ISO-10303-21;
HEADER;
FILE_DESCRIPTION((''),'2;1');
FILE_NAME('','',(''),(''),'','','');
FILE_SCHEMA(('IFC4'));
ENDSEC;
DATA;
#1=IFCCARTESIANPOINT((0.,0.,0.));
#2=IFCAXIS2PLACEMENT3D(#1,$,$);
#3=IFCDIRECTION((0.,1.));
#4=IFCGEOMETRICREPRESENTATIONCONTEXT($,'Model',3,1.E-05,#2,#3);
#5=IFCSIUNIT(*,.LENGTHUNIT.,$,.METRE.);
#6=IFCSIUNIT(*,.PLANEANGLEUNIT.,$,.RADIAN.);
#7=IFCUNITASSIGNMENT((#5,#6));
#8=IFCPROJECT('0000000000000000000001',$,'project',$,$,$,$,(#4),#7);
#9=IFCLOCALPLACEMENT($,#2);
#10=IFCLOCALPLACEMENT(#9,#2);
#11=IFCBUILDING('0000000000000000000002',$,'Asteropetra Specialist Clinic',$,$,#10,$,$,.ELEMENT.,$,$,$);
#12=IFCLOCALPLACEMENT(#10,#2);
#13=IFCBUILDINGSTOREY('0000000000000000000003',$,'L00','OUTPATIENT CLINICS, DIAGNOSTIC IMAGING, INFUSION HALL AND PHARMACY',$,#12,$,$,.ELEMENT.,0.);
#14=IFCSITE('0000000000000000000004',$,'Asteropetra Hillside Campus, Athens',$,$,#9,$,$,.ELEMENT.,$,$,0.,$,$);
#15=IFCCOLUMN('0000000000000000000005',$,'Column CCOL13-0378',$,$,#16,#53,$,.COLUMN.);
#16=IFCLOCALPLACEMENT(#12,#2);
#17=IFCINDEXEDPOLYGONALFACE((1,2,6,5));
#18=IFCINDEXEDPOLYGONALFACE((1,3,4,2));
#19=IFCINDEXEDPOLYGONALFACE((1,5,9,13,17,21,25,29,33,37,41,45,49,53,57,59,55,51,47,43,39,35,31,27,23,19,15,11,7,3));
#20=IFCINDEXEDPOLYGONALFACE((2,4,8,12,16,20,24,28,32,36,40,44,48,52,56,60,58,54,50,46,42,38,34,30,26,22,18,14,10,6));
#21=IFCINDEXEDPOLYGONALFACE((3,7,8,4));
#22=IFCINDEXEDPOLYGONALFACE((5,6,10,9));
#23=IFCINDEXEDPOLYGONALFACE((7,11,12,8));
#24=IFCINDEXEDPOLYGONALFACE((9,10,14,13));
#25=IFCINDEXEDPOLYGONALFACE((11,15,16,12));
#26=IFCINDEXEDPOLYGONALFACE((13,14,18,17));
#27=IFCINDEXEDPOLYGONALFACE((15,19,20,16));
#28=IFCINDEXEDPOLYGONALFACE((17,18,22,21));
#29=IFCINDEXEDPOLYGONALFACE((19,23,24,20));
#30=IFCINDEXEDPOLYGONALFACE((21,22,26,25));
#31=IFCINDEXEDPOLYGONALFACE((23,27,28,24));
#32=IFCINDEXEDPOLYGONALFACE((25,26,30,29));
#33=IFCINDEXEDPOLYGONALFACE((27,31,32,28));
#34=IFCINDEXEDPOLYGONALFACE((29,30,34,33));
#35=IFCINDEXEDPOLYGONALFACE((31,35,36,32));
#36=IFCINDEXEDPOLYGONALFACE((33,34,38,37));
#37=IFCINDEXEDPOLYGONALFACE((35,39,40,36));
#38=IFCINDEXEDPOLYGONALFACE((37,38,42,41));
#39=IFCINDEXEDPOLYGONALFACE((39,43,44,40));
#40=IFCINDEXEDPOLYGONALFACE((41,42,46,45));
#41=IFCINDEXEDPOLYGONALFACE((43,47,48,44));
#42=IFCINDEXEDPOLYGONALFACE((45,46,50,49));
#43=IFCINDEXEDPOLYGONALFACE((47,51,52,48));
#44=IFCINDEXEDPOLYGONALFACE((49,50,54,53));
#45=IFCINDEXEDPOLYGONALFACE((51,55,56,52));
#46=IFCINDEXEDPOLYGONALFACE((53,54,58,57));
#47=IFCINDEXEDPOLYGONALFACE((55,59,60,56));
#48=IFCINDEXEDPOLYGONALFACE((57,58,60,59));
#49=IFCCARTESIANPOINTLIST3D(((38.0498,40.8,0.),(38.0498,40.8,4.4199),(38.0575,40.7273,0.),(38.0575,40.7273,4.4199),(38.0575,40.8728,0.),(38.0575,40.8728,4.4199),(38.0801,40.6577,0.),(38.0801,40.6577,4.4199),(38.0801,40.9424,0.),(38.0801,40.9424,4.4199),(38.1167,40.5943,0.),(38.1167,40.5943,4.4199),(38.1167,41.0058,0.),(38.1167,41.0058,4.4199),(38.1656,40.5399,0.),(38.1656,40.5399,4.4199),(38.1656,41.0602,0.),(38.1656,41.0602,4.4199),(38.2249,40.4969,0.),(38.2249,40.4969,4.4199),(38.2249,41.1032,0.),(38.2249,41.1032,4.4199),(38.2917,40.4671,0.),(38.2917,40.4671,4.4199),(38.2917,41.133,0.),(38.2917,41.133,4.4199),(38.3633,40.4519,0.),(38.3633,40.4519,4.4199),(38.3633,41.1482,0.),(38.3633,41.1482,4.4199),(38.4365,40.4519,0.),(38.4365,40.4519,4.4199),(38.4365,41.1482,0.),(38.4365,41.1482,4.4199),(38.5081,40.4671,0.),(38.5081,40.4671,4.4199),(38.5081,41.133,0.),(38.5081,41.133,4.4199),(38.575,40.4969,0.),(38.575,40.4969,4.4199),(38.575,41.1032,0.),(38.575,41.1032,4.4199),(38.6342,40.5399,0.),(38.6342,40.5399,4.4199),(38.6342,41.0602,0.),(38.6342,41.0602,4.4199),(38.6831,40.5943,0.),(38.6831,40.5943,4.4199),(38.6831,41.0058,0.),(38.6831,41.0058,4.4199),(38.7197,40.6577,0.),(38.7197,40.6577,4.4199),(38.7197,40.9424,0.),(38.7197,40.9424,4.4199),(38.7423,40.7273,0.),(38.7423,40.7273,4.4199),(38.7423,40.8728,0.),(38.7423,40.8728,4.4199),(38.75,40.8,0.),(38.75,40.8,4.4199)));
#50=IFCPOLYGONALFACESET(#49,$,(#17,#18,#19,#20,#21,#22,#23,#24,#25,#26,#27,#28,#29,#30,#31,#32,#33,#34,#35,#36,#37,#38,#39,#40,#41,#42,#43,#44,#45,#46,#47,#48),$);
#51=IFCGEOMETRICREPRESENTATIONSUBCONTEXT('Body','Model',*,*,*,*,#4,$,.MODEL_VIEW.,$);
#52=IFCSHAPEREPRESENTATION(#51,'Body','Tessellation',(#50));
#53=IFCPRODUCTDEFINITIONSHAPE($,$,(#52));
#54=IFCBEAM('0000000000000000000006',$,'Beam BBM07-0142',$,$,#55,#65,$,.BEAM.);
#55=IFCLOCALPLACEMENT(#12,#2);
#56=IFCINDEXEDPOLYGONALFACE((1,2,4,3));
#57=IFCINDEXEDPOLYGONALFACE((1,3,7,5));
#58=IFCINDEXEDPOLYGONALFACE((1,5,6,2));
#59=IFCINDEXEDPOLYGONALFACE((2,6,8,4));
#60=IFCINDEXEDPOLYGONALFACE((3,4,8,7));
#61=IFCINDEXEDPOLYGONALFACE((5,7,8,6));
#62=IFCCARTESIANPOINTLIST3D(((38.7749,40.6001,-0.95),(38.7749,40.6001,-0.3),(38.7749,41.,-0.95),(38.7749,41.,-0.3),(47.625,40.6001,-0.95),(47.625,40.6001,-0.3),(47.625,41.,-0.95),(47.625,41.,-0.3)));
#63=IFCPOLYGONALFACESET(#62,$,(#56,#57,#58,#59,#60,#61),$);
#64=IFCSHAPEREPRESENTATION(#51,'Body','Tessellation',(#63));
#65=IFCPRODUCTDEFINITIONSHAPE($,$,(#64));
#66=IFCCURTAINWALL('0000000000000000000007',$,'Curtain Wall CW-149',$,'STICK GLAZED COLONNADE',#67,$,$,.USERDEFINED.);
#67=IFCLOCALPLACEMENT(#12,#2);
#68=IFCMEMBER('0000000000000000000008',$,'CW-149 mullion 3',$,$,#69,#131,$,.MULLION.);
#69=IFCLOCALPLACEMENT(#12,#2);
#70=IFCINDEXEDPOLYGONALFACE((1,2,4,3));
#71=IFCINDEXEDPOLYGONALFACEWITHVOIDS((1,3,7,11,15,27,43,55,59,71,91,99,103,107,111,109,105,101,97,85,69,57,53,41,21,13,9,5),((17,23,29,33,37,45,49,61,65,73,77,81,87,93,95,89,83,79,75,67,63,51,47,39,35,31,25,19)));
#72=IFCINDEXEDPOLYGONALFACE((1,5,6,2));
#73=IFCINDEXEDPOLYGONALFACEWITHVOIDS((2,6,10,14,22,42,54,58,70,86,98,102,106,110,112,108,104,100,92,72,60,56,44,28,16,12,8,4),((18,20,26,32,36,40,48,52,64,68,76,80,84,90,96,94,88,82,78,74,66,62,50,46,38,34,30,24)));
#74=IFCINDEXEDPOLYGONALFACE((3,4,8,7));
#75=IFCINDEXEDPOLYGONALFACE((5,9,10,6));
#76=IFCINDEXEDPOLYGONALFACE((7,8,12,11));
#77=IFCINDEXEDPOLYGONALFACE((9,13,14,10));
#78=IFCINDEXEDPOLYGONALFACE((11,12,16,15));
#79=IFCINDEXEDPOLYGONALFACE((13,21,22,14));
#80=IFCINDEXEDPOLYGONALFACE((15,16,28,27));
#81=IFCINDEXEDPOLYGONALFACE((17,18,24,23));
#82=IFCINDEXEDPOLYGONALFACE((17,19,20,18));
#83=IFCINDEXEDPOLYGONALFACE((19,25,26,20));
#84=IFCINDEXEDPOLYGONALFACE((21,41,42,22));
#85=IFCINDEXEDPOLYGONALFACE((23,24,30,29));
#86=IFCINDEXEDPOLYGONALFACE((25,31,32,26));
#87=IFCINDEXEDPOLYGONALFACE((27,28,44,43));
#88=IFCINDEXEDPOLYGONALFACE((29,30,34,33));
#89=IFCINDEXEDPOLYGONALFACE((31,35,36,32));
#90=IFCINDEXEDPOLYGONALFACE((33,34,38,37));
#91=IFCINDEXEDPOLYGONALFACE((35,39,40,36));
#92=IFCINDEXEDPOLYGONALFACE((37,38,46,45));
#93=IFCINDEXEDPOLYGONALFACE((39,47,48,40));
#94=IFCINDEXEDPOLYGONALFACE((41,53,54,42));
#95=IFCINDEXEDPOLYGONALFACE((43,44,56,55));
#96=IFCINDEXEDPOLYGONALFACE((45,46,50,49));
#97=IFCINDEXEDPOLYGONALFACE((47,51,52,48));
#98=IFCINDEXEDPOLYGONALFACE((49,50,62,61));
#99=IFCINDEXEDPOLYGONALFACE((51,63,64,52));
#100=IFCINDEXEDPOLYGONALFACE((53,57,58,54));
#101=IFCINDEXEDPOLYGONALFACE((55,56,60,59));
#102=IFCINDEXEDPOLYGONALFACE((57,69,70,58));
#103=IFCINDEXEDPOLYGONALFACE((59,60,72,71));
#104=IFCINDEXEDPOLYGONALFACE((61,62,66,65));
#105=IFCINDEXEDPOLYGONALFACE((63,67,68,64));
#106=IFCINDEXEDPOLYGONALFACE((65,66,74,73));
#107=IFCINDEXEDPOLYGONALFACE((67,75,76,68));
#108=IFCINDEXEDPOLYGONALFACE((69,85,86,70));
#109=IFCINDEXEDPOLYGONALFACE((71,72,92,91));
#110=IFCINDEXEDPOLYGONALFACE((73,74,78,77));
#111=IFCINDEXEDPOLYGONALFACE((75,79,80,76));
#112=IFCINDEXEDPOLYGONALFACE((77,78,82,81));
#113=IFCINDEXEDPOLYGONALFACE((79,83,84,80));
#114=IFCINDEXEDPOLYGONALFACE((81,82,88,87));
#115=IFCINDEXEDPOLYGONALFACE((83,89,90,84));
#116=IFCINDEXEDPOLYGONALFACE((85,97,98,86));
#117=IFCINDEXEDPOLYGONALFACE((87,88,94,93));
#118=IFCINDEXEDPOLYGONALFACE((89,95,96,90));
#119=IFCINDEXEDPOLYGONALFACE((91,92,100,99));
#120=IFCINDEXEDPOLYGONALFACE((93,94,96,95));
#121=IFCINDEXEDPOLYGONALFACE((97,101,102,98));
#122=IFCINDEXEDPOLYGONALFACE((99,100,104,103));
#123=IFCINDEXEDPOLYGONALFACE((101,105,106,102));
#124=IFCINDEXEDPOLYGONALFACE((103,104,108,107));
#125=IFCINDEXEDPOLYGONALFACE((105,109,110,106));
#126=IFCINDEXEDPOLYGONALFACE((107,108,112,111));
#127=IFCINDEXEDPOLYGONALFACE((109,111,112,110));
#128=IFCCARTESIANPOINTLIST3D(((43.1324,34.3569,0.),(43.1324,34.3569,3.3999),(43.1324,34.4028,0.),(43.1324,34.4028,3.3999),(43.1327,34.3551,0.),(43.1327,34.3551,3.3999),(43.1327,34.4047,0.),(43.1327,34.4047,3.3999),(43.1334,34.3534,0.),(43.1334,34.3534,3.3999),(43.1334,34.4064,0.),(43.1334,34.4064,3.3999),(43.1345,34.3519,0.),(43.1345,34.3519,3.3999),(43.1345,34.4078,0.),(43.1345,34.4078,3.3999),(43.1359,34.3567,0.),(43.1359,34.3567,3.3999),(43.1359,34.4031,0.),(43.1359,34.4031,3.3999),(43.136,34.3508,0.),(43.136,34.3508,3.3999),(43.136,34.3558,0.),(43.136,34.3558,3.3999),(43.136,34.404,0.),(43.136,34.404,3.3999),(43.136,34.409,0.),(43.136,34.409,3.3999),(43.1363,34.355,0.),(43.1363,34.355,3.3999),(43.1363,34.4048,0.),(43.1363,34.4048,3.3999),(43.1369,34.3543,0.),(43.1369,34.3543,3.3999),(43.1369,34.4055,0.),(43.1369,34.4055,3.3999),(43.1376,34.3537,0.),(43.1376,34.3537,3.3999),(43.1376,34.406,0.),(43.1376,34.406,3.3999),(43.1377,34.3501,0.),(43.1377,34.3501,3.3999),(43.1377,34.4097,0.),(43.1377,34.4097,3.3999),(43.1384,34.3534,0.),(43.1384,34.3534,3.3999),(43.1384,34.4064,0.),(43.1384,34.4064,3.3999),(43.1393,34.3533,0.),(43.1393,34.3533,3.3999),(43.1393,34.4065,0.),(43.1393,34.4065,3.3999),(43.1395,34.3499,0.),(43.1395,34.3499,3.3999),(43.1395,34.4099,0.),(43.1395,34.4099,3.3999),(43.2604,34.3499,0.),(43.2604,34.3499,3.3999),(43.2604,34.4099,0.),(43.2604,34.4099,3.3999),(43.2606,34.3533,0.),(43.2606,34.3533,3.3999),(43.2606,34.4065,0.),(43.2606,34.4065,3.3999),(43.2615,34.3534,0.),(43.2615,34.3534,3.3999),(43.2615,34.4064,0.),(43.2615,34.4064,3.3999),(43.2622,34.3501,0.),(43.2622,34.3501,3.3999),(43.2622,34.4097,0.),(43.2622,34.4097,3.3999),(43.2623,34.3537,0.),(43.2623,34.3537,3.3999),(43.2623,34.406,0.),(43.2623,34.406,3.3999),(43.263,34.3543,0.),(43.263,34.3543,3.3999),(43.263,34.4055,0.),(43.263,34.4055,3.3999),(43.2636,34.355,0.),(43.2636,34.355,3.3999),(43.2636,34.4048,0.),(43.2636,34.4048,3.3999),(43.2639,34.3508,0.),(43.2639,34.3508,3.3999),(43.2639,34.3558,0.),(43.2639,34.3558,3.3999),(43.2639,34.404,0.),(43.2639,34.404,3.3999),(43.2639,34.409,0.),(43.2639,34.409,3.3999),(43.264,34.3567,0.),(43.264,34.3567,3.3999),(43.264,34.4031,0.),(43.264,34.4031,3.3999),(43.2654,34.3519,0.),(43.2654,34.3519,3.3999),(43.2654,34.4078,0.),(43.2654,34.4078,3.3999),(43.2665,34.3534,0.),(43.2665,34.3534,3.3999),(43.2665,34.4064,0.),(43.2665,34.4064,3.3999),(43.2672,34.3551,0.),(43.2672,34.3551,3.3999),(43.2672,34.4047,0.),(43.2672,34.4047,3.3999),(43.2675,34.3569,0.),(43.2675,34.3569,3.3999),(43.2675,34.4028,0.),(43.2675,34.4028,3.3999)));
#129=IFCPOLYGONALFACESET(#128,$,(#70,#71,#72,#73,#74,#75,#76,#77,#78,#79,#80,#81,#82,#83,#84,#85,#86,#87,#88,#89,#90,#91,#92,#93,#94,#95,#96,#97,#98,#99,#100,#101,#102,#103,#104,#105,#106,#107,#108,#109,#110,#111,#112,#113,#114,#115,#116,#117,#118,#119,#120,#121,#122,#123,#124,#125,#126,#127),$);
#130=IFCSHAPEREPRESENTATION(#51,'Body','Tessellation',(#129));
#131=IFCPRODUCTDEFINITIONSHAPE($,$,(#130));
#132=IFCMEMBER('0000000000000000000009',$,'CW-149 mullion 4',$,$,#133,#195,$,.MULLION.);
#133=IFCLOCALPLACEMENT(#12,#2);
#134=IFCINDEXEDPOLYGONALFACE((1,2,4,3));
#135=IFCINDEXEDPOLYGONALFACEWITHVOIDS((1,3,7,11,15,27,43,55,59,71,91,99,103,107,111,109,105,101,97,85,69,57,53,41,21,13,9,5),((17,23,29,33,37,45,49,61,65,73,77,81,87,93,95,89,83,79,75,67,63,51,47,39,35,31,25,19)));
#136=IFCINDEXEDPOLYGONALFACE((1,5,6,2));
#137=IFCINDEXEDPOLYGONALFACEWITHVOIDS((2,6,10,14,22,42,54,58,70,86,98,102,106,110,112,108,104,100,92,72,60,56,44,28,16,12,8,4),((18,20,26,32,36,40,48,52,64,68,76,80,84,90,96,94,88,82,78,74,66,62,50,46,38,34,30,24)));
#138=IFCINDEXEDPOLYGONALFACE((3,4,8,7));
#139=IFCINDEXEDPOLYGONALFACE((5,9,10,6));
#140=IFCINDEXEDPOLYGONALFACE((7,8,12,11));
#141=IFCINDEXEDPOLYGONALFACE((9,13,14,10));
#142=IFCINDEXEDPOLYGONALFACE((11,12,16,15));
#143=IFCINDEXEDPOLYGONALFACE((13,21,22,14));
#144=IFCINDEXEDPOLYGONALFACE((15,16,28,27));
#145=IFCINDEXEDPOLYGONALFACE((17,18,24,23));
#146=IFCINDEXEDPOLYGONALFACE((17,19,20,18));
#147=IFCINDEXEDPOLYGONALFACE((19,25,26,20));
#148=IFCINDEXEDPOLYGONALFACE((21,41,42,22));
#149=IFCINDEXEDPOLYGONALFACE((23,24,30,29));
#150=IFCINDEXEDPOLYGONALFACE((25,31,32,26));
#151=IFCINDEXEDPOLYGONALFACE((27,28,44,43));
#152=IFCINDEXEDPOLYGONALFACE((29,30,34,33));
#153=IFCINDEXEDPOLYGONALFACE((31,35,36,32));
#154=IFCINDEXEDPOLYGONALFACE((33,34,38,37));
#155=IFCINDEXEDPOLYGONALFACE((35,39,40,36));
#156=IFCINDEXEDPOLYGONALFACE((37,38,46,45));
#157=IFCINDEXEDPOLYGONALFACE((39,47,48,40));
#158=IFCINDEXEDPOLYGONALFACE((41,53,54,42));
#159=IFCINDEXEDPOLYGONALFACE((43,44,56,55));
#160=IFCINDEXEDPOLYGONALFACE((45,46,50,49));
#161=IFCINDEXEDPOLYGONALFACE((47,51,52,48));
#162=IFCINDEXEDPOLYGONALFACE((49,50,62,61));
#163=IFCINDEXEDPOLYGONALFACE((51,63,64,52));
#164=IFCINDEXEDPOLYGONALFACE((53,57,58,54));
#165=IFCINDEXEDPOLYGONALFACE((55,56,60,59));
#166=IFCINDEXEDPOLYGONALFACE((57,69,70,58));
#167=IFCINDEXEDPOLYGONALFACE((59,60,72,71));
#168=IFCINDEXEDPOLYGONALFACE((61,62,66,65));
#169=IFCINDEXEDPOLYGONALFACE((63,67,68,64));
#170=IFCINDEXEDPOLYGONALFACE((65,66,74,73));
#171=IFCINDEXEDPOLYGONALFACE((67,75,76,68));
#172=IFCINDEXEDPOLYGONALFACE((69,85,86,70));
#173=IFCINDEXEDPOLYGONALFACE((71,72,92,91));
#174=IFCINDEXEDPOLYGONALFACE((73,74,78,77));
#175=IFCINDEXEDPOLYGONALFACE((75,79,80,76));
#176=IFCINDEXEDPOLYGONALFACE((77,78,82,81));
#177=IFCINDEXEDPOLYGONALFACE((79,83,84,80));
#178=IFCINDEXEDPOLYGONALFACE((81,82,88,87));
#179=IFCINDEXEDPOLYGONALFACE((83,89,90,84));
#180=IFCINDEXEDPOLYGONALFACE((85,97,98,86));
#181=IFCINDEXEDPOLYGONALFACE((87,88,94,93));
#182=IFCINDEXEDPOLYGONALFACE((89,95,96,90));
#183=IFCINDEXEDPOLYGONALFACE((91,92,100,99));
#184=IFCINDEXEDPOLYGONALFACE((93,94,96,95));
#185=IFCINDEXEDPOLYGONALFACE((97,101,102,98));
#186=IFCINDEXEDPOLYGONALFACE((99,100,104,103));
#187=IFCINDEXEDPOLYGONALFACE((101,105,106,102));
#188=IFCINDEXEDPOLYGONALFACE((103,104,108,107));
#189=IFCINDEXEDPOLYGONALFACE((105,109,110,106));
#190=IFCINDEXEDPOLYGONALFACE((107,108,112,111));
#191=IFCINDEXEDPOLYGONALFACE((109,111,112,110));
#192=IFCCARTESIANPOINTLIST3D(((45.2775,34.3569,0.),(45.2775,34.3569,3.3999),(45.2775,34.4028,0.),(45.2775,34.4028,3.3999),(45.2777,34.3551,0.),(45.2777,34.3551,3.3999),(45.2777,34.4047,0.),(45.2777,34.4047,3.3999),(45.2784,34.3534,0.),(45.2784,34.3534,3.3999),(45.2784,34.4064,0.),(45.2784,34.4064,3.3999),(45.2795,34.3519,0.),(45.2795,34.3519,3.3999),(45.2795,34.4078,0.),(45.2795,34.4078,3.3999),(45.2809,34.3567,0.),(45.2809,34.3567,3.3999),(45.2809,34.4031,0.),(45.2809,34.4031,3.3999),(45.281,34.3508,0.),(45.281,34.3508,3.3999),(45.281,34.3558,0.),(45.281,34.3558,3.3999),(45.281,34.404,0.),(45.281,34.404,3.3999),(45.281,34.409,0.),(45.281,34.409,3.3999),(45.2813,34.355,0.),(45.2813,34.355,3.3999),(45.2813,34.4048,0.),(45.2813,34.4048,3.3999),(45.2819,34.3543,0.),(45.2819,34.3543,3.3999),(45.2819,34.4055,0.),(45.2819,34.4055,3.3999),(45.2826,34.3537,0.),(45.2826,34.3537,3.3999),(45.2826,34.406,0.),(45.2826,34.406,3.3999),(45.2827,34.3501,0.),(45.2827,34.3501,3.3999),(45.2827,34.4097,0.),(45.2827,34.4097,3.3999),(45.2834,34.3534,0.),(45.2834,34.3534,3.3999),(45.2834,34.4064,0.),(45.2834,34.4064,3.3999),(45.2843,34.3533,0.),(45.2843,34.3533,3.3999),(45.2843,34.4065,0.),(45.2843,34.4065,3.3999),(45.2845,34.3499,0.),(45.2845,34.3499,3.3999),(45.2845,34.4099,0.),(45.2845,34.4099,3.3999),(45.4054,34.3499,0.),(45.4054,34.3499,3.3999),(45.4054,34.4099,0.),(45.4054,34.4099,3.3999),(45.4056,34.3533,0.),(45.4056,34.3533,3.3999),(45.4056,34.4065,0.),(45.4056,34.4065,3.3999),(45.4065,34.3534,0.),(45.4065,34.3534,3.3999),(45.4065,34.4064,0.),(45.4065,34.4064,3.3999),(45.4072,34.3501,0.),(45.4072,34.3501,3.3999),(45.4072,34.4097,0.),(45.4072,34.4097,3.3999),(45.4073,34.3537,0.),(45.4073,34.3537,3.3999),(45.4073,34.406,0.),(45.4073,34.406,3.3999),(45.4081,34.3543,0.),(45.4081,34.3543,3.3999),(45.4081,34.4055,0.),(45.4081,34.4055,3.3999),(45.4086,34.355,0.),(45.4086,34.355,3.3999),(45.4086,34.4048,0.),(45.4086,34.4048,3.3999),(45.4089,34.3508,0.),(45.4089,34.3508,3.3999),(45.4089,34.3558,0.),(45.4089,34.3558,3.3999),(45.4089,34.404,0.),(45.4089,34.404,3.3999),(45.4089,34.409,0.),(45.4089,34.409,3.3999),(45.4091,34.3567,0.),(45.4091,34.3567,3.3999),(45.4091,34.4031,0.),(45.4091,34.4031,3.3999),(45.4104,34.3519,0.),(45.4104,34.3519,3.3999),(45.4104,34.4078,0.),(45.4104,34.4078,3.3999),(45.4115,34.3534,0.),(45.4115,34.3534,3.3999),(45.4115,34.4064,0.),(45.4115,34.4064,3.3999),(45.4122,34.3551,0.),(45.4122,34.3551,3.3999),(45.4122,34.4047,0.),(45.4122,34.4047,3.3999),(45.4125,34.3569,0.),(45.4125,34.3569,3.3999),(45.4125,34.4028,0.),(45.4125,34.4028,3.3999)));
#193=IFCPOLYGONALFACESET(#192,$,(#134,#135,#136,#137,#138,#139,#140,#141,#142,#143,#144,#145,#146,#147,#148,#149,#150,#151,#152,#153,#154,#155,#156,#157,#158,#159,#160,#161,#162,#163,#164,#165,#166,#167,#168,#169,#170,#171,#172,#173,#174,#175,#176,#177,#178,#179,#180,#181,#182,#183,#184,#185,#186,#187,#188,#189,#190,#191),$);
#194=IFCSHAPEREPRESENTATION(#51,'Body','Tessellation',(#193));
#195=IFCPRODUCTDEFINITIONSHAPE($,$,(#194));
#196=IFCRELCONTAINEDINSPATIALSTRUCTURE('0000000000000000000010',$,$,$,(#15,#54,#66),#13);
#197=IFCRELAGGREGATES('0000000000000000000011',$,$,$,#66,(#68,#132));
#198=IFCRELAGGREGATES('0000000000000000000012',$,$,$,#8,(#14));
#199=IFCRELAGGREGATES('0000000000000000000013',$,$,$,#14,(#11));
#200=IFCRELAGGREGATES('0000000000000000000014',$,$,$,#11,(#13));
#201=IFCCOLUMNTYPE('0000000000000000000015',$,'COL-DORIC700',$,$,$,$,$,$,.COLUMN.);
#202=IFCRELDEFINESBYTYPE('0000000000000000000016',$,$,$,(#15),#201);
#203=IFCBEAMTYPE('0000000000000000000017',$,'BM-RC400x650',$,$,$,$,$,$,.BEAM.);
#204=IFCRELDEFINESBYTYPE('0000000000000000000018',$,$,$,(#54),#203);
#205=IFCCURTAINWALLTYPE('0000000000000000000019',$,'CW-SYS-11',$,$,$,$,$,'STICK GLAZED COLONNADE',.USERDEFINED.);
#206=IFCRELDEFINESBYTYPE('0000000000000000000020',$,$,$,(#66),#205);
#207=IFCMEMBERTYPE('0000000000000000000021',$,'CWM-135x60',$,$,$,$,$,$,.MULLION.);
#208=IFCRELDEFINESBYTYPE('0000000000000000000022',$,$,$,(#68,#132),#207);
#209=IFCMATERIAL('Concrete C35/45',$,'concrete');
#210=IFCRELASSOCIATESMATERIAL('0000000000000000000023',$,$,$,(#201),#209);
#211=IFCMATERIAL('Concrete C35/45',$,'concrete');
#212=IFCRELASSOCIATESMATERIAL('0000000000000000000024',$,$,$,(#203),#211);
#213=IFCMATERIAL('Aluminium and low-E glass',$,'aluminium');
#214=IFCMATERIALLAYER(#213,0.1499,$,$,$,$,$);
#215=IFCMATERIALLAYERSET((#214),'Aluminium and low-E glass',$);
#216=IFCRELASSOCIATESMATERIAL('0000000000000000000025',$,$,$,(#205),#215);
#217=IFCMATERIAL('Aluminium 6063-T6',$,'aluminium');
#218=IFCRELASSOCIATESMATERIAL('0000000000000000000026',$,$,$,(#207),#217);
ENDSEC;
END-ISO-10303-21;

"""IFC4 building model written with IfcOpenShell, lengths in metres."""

from ifc_helpers import new_model, si_unit, direction, frame, origin, origin_2d, place, context, subcontext, project, spatial, rectangle, hollow_rectangle, circle, extrude, material, layer, layer_set, material_profile, profile_set, type_object, element, aggregate, save


model = new_model("IFC4")

# Units and contexts
model_context = context("Model", 3, precision=1e-05, world=origin(), true_north=direction((0.0, 1.0)))
body_context = subcontext(model_context, "Body", "Model", "MODEL_VIEW")
ifc_project = project(units=[si_unit("LENGTHUNIT", "METRE"), si_unit("PLANEANGLEUNIT", "RADIAN")], contexts=[model_context])

# Site, building, storey
site_placement = place(None, origin())
site = spatial("IfcSite", under=ifc_project, at=site_placement, Name="Asteropetra Hillside Campus, Athens", CompositionType="ELEMENT", RefElevation=0.0)
building_placement = place(site_placement, origin())
building = spatial("IfcBuilding", under=site, at=building_placement, Name="Asteropetra Specialist Clinic", CompositionType="ELEMENT")
storey_placement = place(building_placement, origin())
storey = spatial("IfcBuildingStorey", under=building, at=storey_placement, Name="L00", Description="OUTPATIENT CLINICS, DIAGNOSTIC IMAGING, INFUSION HALL AND PHARMACY", CompositionType="ELEMENT", Elevation=0.0)

# Column
ifc_material_1 = material(Name="Concrete C35/45", Category="concrete")
ifc_material_profile_1 = material_profile(ifc_material_1, circle(Radius=0.3501, at=origin_2d()), Name="RCC D700")
ifc_profile_set_1 = profile_set([ifc_material_profile_1], Name="Concrete C35/45")
column_type = type_object("IfcColumnType", Name="COL-DORIC700", PredefinedType="COLUMN", material=ifc_profile_set_1)
column_placement = place(storey_placement, frame((38.3999, 40.8, 0.0), z_axis=(0.0, 0.0, 1.0), x_axis=(1.0, 0.0, 0.0)))
element("IfcColumn", 1, at=column_placement, inside=storey, type_object=column_type, Name="Column CCOL13-0378", PredefinedType="COLUMN", context=body_context, shape_type="SweptSolid", body=[
    extrude(circle(Radius=0.3501, at=origin_2d()), origin(), (0.0, 0.0, 1.0), 4.4199),
])

# Beam
ifc_material_2 = material(Name="Concrete C35/45", Category="concrete")
ifc_material_profile_2 = material_profile(ifc_material_2, rectangle(XDim=0.3999, YDim=0.6499, at=origin_2d()), Name="RCB 400x650")
ifc_profile_set_2 = profile_set([ifc_material_profile_2], Name="Concrete C35/45")
beam_type_1 = type_object("IfcBeamType", Name="BM-RC400x650", PredefinedType="BEAM", material=ifc_profile_set_2)
beam_1_placement = place(storey_placement, frame((38.7749, 40.8, -0.625), z_axis=(1.0, 0.0, 0.0), x_axis=(0.0, 1.0, 0.0)))
element("IfcBeam", 2, at=beam_1_placement, inside=storey, type_object=beam_type_1, Name="Beam BBM07-0142", PredefinedType="BEAM", context=body_context, shape_type="SweptSolid", body=[
    extrude(rectangle(XDim=0.3999, YDim=0.6499, at=origin_2d()), origin(), (0.0, 0.0, 1.0), 8.8501),
])

# Curtain wall, members
ifc_material_3 = material(Name="Aluminium and low-E glass", Category="aluminium")
ifc_layer_1 = layer(ifc_material_3, 0.1499)
ifc_layer_set_1 = layer_set([ifc_layer_1], Name="Aluminium and low-E glass")
curtain_wall_type = type_object("IfcCurtainWallType", Name="CW-SYS-11", ElementType="STICK GLAZED COLONNADE", PredefinedType="USERDEFINED", material=ifc_layer_set_1)
curtain_wall_placement = place(storey_placement, origin())
curtain_wall = element("IfcCurtainWall", 3, at=curtain_wall_placement, inside=storey, type_object=curtain_wall_type, Name="Curtain Wall CW-149", ObjectType="STICK GLAZED COLONNADE", PredefinedType="USERDEFINED")
ifc_material_4 = material(Name="Aluminium 6063-T6", Category="aluminium")
ifc_material_profile_3 = material_profile(ifc_material_4, hollow_rectangle(XDim=0.0601, YDim=0.135, WallThickness=0.0034, InnerFilletRadius=0.0034, OuterFilletRadius=0.0071, at=origin_2d()), Name="MUL 135x60x3.5")
ifc_profile_set_3 = profile_set([ifc_material_profile_3], Name="Aluminium 6063-T6")
member_type_1 = type_object("IfcMemberType", Name="CWM-135x60", PredefinedType="MULLION", material=ifc_profile_set_3)
member_1_placement = place(storey_placement, frame((43.2, 34.3799, 0.0), z_axis=(0.0, 0.0, 1.0), x_axis=(0.0, 1.0, 0.0)))
member_1 = element("IfcMember", 4, at=member_1_placement, type_object=member_type_1, Name="CW-149 mullion 3", PredefinedType="MULLION", context=body_context, shape_type="SweptSolid", body=[
    extrude(hollow_rectangle(XDim=0.0601, YDim=0.135, WallThickness=0.0034, InnerFilletRadius=0.0034, OuterFilletRadius=0.0071, at=origin_2d()), origin(), (0.0, 0.0, 1.0), 3.3999),
])
member_2_placement = place(storey_placement, frame((45.345, 34.3799, 0.0), z_axis=(0.0, 0.0, 1.0), x_axis=(0.0, 1.0, 0.0)))
member_2 = element("IfcMember", 5, at=member_2_placement, type_object=member_type_1, Name="CW-149 mullion 4", PredefinedType="MULLION", context=body_context, shape_type="SweptSolid", body=[
    extrude(hollow_rectangle(XDim=0.0601, YDim=0.135, WallThickness=0.0034, InnerFilletRadius=0.0034, OuterFilletRadius=0.0071, at=origin_2d()), origin(), (0.0, 0.0, 1.0), 3.3999),
])

aggregate(curtain_wall, [member_1, member_2])

save(model, "model.ifc")
